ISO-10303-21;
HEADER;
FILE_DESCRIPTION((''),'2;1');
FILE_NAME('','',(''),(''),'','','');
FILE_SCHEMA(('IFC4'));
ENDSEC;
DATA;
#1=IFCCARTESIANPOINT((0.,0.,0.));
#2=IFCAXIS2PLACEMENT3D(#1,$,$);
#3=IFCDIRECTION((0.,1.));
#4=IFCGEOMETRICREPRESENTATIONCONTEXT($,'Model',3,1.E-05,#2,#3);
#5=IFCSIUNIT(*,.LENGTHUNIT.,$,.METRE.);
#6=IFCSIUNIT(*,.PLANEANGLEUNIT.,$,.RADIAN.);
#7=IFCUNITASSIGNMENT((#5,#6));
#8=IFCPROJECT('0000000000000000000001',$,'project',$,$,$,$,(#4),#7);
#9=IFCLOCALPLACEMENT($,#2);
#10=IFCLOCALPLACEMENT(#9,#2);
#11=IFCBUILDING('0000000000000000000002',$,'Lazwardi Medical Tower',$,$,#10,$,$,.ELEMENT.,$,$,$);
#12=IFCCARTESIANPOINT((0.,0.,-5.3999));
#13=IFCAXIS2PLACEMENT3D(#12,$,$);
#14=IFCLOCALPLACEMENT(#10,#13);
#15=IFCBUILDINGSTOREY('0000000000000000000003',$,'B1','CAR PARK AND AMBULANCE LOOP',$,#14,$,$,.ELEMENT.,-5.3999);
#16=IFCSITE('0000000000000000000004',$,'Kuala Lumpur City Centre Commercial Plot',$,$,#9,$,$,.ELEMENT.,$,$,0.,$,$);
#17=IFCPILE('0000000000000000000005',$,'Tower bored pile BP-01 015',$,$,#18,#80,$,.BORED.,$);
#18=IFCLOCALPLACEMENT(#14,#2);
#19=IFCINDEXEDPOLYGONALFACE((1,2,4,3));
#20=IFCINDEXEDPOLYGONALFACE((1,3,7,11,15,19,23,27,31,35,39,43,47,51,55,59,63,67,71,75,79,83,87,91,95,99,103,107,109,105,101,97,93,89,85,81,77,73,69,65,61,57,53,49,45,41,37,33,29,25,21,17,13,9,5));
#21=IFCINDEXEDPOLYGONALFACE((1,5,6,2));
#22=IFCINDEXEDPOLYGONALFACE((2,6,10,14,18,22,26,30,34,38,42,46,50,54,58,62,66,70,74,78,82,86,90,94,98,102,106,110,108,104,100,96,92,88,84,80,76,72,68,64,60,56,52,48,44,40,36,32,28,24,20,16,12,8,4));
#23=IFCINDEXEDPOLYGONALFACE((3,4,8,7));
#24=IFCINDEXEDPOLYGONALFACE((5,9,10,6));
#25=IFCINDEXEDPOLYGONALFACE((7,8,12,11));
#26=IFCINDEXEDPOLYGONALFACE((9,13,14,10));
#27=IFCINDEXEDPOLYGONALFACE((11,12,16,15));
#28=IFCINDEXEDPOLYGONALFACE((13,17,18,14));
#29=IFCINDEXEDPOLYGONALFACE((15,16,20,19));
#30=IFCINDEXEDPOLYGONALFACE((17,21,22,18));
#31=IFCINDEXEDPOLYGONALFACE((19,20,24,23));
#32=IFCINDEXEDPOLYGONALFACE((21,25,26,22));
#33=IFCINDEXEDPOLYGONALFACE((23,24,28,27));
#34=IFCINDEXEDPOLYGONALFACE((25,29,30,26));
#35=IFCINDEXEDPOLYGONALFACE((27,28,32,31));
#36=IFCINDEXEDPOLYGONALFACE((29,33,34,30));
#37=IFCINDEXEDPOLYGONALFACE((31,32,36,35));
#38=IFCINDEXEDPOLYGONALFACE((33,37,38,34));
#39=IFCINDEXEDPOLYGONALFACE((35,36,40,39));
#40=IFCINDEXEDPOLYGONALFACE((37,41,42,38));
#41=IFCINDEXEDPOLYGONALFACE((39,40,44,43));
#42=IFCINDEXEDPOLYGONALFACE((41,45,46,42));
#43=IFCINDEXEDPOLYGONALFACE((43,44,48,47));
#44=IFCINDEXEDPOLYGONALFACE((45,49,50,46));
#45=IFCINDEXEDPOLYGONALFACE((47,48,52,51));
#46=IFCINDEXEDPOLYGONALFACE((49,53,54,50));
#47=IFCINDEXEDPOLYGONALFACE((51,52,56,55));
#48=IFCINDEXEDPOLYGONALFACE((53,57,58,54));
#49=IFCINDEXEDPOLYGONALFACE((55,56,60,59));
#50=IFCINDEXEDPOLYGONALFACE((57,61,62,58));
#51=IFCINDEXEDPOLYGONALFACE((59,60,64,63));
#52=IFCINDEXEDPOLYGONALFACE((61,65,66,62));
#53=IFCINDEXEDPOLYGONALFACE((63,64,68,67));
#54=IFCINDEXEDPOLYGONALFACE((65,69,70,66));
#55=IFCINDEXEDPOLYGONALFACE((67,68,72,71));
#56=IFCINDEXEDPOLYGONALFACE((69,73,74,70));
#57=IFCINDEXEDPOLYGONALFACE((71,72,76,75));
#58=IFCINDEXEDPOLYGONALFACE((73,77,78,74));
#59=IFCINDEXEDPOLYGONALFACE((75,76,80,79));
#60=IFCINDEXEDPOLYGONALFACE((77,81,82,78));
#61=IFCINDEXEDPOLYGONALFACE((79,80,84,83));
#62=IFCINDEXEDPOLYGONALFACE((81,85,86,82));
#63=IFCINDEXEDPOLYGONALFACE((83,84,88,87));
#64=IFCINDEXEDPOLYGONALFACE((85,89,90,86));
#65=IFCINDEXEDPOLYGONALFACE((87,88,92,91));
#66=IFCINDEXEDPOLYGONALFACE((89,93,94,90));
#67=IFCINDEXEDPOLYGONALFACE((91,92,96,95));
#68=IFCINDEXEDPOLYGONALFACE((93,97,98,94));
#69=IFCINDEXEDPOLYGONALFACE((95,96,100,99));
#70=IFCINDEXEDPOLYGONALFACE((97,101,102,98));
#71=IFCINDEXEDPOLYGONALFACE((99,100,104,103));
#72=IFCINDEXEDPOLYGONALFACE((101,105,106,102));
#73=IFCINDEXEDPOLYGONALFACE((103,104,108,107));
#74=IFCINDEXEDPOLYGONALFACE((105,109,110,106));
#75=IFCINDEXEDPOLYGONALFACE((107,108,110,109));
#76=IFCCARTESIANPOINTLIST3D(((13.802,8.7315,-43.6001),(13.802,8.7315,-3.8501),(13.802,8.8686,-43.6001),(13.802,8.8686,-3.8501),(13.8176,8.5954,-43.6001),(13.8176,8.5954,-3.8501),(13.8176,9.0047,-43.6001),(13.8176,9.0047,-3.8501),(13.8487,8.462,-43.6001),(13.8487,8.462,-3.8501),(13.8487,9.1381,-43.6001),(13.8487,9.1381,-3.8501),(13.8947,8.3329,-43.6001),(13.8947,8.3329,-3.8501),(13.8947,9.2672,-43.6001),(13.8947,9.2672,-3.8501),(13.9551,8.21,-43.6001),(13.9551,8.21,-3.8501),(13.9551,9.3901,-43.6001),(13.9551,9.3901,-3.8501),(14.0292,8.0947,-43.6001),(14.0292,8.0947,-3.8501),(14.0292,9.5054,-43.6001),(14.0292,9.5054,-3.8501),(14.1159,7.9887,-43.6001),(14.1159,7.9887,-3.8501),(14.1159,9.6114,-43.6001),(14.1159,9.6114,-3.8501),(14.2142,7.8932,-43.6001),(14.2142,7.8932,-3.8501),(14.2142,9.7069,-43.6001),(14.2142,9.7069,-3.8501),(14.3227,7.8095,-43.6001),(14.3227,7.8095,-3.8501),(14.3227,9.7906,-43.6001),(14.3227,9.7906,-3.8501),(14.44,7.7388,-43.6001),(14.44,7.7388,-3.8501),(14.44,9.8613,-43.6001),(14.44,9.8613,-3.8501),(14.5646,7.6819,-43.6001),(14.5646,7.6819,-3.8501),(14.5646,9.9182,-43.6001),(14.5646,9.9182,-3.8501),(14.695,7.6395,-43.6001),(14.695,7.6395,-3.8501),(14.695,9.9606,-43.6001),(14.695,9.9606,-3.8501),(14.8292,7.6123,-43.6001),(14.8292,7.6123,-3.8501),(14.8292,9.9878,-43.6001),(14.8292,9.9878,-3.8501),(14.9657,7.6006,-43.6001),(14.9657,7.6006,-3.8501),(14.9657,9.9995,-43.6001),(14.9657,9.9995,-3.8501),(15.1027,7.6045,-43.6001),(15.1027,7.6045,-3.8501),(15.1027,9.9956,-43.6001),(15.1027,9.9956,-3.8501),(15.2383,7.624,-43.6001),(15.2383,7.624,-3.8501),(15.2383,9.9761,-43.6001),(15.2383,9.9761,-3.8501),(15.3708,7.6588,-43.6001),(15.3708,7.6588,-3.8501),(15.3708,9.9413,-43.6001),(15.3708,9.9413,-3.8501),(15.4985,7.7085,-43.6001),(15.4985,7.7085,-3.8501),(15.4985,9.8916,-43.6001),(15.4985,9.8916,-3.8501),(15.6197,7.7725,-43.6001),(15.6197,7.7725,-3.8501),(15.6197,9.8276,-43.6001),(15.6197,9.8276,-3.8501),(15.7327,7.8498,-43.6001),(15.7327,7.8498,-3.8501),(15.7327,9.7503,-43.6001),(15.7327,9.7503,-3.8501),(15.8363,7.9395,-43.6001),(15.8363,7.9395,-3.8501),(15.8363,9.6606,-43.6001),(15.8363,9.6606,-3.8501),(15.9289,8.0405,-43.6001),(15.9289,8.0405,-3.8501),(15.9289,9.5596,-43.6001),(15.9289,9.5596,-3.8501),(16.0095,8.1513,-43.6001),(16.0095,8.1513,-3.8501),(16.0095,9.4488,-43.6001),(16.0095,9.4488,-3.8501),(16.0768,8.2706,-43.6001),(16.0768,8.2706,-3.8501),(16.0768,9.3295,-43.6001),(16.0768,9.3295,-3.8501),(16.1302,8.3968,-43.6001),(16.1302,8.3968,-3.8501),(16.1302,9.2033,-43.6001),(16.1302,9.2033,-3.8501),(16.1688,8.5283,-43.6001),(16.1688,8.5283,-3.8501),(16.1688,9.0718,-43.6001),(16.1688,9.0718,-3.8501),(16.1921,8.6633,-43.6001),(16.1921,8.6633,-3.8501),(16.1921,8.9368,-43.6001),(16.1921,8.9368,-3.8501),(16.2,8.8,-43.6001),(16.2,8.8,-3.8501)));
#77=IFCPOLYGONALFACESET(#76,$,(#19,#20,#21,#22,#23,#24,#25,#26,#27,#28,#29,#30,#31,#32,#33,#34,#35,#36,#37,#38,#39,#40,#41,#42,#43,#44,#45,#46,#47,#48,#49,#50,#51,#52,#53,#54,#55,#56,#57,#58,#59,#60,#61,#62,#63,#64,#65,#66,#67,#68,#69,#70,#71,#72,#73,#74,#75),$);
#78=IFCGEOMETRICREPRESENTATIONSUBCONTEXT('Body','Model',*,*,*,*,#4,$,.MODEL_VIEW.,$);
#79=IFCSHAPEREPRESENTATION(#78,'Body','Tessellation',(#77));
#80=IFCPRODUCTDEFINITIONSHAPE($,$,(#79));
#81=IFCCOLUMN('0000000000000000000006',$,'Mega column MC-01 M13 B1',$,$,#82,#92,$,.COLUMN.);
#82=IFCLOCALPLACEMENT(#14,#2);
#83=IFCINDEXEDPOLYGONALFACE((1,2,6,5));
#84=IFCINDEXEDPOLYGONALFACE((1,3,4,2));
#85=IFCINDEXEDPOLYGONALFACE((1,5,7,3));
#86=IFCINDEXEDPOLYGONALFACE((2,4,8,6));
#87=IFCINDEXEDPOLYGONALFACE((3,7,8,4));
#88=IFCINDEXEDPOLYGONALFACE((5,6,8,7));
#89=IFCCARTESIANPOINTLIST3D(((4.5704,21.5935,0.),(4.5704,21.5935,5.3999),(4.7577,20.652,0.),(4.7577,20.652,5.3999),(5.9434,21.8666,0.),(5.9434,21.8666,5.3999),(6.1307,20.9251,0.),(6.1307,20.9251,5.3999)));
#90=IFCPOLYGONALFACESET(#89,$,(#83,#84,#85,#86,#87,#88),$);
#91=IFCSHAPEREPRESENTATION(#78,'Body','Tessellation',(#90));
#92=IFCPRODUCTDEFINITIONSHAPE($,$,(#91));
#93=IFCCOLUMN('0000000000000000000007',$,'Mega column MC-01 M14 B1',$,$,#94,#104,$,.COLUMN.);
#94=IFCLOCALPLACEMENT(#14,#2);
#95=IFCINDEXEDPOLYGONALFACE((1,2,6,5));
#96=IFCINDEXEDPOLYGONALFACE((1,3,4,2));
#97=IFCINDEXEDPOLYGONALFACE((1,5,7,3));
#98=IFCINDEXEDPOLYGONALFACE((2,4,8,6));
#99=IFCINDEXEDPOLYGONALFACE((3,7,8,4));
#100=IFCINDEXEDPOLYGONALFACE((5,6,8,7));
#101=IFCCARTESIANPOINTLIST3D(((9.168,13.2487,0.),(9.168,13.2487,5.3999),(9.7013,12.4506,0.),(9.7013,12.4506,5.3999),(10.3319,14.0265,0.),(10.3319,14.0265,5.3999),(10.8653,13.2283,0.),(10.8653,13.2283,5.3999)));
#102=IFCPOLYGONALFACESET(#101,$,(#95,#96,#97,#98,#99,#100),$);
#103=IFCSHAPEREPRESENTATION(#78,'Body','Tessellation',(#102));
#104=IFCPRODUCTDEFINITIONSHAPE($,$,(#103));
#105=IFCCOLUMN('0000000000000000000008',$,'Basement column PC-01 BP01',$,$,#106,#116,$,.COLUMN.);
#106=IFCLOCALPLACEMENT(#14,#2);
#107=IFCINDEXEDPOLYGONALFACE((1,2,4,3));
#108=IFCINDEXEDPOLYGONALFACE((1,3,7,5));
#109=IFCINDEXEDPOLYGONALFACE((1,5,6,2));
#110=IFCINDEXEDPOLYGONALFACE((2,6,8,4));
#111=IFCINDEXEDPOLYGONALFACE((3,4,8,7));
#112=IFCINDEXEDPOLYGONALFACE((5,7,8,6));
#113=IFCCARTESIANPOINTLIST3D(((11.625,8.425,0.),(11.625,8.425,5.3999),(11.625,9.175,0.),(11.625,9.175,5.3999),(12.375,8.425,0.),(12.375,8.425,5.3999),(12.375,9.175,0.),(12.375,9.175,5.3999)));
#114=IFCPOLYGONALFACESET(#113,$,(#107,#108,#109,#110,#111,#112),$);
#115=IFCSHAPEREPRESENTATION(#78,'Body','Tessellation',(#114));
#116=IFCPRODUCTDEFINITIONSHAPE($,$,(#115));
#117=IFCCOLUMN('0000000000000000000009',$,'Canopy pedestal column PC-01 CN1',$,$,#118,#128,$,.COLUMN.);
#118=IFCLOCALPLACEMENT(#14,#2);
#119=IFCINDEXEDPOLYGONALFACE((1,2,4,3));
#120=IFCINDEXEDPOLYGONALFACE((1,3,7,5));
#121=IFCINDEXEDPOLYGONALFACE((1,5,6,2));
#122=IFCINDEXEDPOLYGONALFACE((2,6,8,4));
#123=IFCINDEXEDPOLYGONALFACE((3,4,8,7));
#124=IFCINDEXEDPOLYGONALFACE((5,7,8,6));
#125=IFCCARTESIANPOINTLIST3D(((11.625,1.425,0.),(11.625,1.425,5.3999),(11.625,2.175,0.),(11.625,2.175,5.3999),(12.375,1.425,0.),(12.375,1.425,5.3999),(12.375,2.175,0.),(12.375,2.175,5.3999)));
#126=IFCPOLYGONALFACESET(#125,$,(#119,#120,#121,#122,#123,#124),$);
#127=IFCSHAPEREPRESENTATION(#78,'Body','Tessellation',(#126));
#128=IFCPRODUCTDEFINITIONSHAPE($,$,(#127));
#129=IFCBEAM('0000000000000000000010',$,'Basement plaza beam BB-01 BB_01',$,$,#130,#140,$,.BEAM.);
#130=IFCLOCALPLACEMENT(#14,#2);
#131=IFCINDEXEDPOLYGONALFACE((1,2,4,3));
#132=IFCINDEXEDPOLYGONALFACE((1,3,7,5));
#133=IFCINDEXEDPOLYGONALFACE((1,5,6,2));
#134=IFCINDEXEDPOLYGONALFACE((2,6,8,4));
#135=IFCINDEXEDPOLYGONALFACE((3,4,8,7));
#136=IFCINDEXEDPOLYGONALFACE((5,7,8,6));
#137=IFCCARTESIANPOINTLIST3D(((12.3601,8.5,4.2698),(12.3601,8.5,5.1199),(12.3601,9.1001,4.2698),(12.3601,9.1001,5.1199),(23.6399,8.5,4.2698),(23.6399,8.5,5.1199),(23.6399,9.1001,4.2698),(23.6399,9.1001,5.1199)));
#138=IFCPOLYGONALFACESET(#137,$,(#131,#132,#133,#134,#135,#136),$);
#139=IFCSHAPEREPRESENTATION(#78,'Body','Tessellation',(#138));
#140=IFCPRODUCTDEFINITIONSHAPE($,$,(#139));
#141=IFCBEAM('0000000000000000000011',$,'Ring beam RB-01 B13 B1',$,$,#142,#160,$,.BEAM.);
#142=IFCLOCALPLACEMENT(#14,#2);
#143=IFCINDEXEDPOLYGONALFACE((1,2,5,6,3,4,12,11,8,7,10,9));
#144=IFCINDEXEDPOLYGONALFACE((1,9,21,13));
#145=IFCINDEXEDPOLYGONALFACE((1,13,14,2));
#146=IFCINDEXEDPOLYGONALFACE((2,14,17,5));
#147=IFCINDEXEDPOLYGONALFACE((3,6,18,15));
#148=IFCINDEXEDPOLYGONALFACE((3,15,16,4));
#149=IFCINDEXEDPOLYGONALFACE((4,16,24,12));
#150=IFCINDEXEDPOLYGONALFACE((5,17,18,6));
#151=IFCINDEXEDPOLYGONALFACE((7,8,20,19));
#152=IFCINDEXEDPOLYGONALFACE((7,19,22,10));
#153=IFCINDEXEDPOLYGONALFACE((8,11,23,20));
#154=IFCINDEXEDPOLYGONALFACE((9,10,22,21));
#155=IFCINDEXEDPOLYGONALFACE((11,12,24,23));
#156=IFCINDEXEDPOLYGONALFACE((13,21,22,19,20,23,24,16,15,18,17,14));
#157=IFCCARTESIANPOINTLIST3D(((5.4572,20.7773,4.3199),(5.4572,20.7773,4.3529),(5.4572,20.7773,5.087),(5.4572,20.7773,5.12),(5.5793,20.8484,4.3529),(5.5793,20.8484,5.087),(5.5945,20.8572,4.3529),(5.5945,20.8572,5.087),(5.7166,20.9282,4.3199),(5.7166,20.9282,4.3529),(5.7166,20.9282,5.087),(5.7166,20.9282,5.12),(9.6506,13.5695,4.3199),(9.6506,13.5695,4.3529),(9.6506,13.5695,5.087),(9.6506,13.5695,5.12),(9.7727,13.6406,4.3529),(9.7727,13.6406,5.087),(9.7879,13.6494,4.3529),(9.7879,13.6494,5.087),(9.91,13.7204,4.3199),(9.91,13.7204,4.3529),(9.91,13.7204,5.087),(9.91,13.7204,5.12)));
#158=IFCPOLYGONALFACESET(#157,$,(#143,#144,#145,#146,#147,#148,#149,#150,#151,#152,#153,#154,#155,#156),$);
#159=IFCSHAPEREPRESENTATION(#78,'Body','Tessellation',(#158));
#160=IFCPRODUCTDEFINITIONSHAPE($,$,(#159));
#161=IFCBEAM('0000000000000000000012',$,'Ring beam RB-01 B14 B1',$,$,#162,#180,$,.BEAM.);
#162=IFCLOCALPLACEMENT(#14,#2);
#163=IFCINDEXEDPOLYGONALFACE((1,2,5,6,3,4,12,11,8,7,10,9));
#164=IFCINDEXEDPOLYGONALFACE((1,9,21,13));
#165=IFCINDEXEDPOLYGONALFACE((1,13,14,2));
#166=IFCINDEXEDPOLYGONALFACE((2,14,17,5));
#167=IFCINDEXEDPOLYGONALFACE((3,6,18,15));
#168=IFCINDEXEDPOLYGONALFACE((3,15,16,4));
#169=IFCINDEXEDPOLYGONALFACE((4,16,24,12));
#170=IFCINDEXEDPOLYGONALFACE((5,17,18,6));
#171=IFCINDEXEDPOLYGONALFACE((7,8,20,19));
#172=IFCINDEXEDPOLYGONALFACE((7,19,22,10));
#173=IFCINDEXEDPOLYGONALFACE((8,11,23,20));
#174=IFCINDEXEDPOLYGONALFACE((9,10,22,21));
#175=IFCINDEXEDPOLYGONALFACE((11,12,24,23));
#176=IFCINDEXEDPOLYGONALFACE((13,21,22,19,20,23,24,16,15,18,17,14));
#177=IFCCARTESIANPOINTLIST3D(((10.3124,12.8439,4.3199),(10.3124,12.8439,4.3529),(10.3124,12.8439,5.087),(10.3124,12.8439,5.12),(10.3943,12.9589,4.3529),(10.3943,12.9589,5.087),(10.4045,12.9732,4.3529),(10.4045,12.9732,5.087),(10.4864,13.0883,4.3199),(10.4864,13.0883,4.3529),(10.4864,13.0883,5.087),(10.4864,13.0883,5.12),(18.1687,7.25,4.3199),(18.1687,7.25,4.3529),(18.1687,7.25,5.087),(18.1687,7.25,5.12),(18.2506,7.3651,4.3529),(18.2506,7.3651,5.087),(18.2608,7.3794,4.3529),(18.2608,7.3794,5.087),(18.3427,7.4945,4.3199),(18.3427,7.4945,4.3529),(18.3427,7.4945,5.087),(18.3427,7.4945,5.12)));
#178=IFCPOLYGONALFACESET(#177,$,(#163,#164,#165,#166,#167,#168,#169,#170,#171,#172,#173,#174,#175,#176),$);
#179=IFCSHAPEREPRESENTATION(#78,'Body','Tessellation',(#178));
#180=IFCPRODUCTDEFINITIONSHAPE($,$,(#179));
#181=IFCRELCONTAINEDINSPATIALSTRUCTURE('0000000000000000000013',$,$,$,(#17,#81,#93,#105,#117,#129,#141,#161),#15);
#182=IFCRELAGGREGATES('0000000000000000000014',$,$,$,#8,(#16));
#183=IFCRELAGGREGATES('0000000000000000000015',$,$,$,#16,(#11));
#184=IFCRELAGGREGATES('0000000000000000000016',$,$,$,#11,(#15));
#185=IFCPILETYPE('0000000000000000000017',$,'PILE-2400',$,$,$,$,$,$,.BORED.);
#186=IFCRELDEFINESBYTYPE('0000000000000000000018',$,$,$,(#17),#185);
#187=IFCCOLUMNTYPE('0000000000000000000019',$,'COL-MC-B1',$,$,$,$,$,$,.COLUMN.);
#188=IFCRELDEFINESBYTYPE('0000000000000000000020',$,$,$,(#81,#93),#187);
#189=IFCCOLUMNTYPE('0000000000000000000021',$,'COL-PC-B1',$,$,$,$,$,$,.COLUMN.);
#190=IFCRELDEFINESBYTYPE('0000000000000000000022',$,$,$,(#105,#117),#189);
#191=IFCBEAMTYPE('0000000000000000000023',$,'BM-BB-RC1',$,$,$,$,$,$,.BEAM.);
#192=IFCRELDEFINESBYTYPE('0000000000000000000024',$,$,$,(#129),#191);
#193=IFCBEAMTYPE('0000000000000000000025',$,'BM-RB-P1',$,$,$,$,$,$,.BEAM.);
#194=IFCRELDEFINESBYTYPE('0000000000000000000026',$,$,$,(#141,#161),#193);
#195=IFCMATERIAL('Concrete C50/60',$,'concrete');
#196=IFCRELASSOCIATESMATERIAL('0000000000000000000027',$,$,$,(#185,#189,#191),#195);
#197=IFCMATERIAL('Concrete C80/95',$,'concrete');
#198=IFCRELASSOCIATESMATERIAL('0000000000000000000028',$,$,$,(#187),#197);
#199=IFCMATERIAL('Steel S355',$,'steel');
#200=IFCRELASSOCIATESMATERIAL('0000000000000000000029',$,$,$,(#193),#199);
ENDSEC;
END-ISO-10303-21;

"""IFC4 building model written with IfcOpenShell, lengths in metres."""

from ifc_helpers import new_model, si_unit, direction, frame, origin, origin_2d, place, context, subcontext, project, spatial, rectangle, circle, i_section, extrude, material, material_profile, profile_set, type_object, element, save


model = new_model("IFC4")

# Units and contexts
model_context = context("Model", 3, precision=1e-05, world=origin(), true_north=direction((0.0, 1.0)))
body_context = subcontext(model_context, "Body", "Model", "MODEL_VIEW")
ifc_project = project(units=[si_unit("LENGTHUNIT", "METRE"), si_unit("PLANEANGLEUNIT", "RADIAN")], contexts=[model_context])

# Site, building, storey
site_placement = place(None, origin())
site = spatial("IfcSite", under=ifc_project, at=site_placement, Name="Kuala Lumpur City Centre Commercial Plot", CompositionType="ELEMENT", RefElevation=0.0)
building_placement = place(site_placement, origin())
building = spatial("IfcBuilding", under=site, at=building_placement, Name="Lazwardi Medical Tower", CompositionType="ELEMENT")
storey_placement = place(building_placement, frame((0.0, 0.0, -5.3999)))
storey = spatial("IfcBuildingStorey", under=building, at=storey_placement, Name="B1", Description="CAR PARK AND AMBULANCE LOOP", CompositionType="ELEMENT", Elevation=-5.3999)

# Pile
ifc_material_1 = material(Name="Concrete C50/60", Category="concrete")
ifc_material_profile_1 = material_profile(ifc_material_1, circle(Radius=1.2, at=origin_2d()), Name="BORED PILE D2400")
ifc_profile_set_1 = profile_set([ifc_material_profile_1], Name="Concrete C50/60")
pile_type_1 = type_object("IfcPileType", Name="PILE-2400", PredefinedType="BORED", material=ifc_profile_set_1)
for number, where, z_axis, x_axis, name in (
    (1, (15.0, 8.8, -3.8501), (0.0, 0.0, -1.0), (1.0, 0.0, 0.0), "Tower bored pile BP-01 015"),
):
    element("IfcPile", number, at=place(storey_placement, frame(where, z_axis=z_axis, x_axis=x_axis)), inside=storey, type_object=pile_type_1, Name=name, PredefinedType="BORED", context=body_context, shape_type="SweptSolid", body=[
        extrude(circle(Radius=1.2, at=origin_2d()), origin(), (0.0, 0.0, 1.0), 39.75),
    ])

# Columns
ifc_material_2 = material(Name="Concrete C80/95", Category="concrete")
ifc_material_profile_2 = material_profile(ifc_material_2, rectangle(XDim=1.3999, YDim=0.96, at=origin_2d()), Name="CFT-RECT 1400x960")
ifc_profile_set_2 = profile_set([ifc_material_profile_2], Name="Concrete C80/95")
column_type_1 = type_object("IfcColumnType", Name="COL-MC-B1", PredefinedType="COLUMN", material=ifc_profile_set_2)
for number, where, z_axis, x_axis, name in (
    (2, (5.3506, 21.2593, 0.0), (0.0, 0.0, 1.0), (-0.980785, -0.19509, 0.0), "Mega column MC-01 M13 B1"),
    (3, (10.0166, 13.2385, 0.0), (0.0, 0.0, 1.0), (-0.83147, -0.55557, 0.0), "Mega column MC-01 M14 B1"),
):
    element("IfcColumn", number, at=place(storey_placement, frame(where, z_axis=z_axis, x_axis=x_axis)), inside=storey, type_object=column_type_1, Name=name, PredefinedType="COLUMN", context=body_context, shape_type="SweptSolid", body=[
        extrude(rectangle(XDim=1.3999, YDim=0.96, at=origin_2d()), origin(), (0.0, 0.0, 1.0), 5.3999),
    ])
ifc_material_profile_3 = material_profile(ifc_material_1, rectangle(XDim=0.75, YDim=0.75, at=origin_2d()), Name="RC 750x750")
ifc_profile_set_3 = profile_set([ifc_material_profile_3], Name="Concrete C50/60")
column_type_2 = type_object("IfcColumnType", Name="COL-PC-B1", PredefinedType="COLUMN", material=ifc_profile_set_3)
for number, where, z_axis, x_axis, name in (
    (4, (12.0, 8.8, 0.0), (0.0, 0.0, 1.0), (1.0, 0.0, 0.0), "Basement column PC-01 BP01"),
    (5, (12.0, 1.8, 0.0), (0.0, 0.0, 1.0), (1.0, 0.0, 0.0), "Canopy pedestal column PC-01 CN1"),
):
    element("IfcColumn", number, at=place(storey_placement, frame(where, z_axis=z_axis, x_axis=x_axis)), inside=storey, type_object=column_type_2, Name=name, PredefinedType="COLUMN", context=body_context, shape_type="SweptSolid", body=[
        extrude(rectangle(XDim=0.75, YDim=0.75, at=origin_2d()), origin(), (0.0, 0.0, 1.0), 5.3999),
    ])

# Beams
ifc_material_profile_4 = material_profile(ifc_material_1, rectangle(XDim=0.6001, YDim=0.8501, at=origin_2d()), Name="RC 600x850")
ifc_profile_set_4 = profile_set([ifc_material_profile_4], Name="Concrete C50/60")
beam_type_1 = type_object("IfcBeamType", Name="BM-BB-RC1", PredefinedType="BEAM", material=ifc_profile_set_4)
beam_1_placement = place(storey_placement, frame((12.3601, 8.8, 4.6948), z_axis=(1.0, 0.0, 0.0), x_axis=(0.0, 1.0, 0.0)))
element("IfcBeam", 6, at=beam_1_placement, inside=storey, type_object=beam_type_1, Name="Basement plaza beam BB-01 BB_01", PredefinedType="BEAM", context=body_context, shape_type="SweptSolid", body=[
    extrude(rectangle(XDim=0.6001, YDim=0.8501, at=origin_2d()), origin(), (0.0, 0.0, 1.0), 11.2798),
])
ifc_material_3 = material(Name="Steel S355", Category="steel")
ifc_material_profile_5 = material_profile(ifc_material_3, i_section(OverallWidth=0.3, OverallDepth=0.8, WebThickness=0.0176, FlangeThickness=0.033, at=origin_2d()), Name="HEB 800")
ifc_profile_set_5 = profile_set([ifc_material_profile_5], Name="Steel S355")
beam_type_2 = type_object("IfcBeamType", Name="BM-RB-P1", PredefinedType="BEAM", material=ifc_profile_set_5)
beam_2_placement = place(storey_placement, frame((5.5869, 20.8528, 4.72), z_axis=(0.502871, -0.864361, 0.0), x_axis=(0.864361, 0.502871, 0.0)))
element("IfcBeam", 7, at=beam_2_placement, inside=storey, type_object=beam_type_2, Name="Ring beam RB-01 B13 B1", PredefinedType="BEAM", context=body_context, shape_type="SweptSolid", body=[
    extrude(i_section(OverallWidth=0.3, OverallDepth=0.8, WebThickness=0.0176, FlangeThickness=0.033, at=origin_2d()), origin(), (0.0, 0.0, 1.0), 8.3389),
])
beam_3_placement = place(storey_placement, frame((10.3994, 12.9661, 4.72), z_axis=(0.814607, -0.580014, 0.0), x_axis=(0.580014, 0.814607, 0.0)))
element("IfcBeam", 8, at=beam_3_placement, inside=storey, type_object=beam_type_2, Name="Ring beam RB-01 B14 B1", PredefinedType="BEAM", context=body_context, shape_type="SweptSolid", body=[
    extrude(i_section(OverallWidth=0.3, OverallDepth=0.8, WebThickness=0.0176, FlangeThickness=0.033, at=origin_2d()), origin(), (0.0, 0.0, 1.0), 9.6443),
])

save(model, "model.ifc")
